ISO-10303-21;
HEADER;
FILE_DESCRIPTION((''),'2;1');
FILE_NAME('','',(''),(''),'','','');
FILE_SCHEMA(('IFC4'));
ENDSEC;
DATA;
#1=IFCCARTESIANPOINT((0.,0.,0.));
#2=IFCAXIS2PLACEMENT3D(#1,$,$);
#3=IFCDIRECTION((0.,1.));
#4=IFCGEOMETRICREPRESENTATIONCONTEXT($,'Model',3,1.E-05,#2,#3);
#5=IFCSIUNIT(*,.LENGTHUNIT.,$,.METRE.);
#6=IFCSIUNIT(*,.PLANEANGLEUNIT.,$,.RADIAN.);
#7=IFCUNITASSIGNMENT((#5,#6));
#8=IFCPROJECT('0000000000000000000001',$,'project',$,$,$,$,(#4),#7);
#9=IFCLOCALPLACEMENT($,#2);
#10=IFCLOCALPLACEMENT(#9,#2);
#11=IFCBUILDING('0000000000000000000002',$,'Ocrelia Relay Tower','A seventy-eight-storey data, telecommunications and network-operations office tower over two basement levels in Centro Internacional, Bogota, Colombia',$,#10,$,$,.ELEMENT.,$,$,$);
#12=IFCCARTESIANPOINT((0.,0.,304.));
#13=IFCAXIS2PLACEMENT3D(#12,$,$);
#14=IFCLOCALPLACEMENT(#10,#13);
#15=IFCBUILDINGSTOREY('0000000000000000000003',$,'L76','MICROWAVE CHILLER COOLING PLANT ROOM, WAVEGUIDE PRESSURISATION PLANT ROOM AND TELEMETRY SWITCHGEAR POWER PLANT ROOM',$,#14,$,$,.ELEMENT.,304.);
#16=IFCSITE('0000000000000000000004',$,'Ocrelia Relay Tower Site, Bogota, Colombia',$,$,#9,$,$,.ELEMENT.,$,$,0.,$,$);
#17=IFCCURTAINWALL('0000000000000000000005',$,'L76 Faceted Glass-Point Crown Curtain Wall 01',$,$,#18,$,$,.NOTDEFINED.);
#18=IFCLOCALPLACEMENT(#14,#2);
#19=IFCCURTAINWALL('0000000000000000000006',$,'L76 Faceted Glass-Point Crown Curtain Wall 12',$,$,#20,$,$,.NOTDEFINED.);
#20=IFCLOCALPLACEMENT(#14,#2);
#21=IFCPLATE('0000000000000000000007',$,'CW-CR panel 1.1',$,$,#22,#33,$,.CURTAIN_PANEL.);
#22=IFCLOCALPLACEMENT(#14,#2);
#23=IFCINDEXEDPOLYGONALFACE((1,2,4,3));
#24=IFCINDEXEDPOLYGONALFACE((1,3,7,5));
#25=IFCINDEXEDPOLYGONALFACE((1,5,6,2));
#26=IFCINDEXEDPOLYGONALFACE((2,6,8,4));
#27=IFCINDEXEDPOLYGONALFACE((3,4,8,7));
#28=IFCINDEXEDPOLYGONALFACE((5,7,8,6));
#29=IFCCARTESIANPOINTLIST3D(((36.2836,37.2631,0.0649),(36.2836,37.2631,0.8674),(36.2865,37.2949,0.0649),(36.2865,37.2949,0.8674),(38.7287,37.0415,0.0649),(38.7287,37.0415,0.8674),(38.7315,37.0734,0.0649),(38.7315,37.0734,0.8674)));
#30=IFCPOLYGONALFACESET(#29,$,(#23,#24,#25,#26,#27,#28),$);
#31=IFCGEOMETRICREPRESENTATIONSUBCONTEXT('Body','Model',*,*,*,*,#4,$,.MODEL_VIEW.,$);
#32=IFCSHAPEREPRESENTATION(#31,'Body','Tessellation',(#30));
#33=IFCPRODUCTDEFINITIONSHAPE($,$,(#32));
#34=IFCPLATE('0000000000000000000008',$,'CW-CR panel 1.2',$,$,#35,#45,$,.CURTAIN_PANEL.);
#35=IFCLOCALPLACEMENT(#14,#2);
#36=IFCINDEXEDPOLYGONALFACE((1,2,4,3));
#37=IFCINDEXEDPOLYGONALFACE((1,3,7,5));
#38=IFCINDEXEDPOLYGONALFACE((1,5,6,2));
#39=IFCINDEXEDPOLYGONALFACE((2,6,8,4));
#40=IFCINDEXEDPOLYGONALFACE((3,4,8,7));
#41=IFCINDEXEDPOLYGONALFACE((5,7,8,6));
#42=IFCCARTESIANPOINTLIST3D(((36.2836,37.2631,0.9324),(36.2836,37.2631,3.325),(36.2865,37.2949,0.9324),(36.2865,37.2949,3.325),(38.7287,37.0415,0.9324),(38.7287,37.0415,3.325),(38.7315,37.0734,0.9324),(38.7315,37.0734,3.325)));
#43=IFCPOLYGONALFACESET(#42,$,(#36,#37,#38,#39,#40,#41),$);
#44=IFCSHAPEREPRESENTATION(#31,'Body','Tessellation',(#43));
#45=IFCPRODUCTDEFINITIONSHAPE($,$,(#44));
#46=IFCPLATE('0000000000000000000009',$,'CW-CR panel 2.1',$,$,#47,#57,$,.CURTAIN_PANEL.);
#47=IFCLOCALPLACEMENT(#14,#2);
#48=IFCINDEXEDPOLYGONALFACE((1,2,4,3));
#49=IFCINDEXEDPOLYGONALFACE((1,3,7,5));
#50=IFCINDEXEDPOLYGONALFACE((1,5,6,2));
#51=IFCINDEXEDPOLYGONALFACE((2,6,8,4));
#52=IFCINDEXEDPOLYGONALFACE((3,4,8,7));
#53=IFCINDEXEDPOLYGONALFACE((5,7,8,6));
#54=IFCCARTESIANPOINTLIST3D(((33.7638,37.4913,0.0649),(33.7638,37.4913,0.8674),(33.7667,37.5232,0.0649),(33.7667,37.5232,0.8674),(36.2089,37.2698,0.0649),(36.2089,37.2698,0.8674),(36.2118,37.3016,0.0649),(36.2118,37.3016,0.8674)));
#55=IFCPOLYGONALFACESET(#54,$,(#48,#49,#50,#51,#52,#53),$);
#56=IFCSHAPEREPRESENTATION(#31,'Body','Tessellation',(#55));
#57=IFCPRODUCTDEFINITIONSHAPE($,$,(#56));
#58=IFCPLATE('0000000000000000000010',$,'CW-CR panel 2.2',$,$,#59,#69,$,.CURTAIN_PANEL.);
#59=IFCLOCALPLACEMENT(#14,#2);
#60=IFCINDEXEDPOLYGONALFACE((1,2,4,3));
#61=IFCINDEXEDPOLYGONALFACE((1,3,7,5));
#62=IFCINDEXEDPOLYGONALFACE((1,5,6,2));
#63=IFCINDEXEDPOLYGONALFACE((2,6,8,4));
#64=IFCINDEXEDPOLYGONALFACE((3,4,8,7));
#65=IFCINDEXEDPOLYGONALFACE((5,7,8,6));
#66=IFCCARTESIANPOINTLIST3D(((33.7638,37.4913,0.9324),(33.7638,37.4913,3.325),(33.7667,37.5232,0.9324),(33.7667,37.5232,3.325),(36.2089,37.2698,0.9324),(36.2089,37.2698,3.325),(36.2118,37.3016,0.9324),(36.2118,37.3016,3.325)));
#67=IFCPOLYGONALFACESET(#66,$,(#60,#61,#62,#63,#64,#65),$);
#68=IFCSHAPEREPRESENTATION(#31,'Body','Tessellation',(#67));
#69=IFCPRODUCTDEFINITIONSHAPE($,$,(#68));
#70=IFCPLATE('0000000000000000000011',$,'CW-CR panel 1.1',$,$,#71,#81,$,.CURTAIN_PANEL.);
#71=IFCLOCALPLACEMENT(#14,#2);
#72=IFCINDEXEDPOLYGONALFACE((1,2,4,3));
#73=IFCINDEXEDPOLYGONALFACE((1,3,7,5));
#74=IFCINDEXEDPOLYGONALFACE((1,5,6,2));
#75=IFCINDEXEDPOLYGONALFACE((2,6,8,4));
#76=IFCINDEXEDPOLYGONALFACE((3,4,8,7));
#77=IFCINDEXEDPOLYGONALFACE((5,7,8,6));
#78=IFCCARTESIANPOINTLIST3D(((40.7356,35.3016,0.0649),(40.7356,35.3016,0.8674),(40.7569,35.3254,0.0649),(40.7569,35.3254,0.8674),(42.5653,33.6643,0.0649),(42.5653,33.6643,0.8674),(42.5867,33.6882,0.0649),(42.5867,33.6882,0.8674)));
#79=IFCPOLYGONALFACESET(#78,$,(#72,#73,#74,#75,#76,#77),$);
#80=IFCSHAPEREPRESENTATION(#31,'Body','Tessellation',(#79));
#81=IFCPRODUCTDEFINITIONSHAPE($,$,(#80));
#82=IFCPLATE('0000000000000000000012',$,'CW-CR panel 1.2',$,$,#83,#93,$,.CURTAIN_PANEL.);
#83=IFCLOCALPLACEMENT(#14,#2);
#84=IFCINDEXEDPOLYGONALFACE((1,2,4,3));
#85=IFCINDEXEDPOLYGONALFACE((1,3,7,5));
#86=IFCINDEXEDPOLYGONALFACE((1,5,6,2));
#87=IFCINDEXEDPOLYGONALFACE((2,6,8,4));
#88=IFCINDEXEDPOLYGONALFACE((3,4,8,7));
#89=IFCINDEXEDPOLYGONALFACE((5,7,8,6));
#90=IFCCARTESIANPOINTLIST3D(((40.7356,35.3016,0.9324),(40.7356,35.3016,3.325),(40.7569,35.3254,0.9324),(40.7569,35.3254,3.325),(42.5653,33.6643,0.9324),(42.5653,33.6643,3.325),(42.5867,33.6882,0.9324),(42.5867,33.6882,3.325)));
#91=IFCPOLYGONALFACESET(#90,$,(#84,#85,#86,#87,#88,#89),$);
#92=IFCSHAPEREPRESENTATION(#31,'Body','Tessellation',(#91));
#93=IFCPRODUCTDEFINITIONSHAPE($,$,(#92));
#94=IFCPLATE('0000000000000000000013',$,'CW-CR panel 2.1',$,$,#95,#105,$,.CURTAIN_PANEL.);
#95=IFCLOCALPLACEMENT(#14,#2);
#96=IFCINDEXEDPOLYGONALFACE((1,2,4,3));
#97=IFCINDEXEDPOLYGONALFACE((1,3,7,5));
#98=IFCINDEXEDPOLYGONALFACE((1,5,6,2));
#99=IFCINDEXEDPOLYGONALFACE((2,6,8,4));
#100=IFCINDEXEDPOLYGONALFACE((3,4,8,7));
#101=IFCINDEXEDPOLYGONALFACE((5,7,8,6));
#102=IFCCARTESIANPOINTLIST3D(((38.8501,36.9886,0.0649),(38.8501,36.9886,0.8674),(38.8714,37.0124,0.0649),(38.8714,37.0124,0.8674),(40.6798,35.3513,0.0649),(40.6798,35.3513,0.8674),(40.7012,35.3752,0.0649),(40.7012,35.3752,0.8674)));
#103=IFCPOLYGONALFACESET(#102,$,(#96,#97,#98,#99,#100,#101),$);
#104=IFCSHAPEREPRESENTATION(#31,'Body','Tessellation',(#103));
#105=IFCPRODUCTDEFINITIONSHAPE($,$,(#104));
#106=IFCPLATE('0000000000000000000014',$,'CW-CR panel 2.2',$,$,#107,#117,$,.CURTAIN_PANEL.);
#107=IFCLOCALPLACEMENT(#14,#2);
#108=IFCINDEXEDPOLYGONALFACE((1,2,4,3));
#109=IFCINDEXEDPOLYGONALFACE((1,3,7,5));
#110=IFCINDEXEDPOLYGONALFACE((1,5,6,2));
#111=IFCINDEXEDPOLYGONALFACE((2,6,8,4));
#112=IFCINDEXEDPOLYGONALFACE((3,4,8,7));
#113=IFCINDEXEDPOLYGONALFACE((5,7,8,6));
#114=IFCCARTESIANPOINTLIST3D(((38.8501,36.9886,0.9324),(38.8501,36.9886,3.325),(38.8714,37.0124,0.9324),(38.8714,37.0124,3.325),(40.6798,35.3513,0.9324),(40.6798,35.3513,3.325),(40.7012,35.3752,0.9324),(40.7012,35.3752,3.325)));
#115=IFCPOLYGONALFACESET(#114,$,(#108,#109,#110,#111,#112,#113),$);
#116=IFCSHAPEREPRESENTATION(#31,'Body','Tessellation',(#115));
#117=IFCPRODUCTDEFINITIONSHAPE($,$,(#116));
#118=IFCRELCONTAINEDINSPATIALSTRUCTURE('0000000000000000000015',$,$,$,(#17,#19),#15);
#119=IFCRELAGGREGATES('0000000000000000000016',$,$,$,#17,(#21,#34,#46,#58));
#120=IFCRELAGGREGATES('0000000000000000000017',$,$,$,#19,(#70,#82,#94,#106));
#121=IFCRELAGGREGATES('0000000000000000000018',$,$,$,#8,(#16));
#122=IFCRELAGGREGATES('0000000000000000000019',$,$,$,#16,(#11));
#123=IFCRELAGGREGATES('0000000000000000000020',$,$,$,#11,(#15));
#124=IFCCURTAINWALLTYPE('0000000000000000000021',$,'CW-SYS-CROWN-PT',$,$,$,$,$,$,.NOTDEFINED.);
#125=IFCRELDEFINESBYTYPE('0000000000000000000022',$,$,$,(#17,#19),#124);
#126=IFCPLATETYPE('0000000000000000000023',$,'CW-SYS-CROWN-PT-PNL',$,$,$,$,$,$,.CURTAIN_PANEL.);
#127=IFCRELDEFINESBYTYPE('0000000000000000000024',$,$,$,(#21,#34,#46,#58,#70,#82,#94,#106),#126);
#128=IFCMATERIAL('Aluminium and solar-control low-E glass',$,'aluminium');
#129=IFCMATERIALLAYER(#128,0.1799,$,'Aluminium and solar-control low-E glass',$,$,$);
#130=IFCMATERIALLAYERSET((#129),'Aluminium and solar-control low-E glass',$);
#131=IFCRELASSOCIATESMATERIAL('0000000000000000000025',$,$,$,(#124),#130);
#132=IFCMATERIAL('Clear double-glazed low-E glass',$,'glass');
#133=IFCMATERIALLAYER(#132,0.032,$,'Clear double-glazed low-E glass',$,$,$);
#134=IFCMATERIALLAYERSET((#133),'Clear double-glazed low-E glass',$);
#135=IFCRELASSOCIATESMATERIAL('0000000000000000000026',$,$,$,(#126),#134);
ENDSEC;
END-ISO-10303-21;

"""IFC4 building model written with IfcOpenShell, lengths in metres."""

from ifc_helpers import new_model, si_unit, direction, frame, origin, origin_2d, place, context, subcontext, project, spatial, rectangle, extrude, material, layer, layer_set, type_object, element, aggregate, save


model = new_model("IFC4")

# Units and contexts
model_context = context("Model", 3, precision=1e-05, world=origin(), true_north=direction((0.0, 1.0)))
body_context = subcontext(model_context, "Body", "Model", "MODEL_VIEW")
ifc_project = project(units=[si_unit("LENGTHUNIT", "METRE"), si_unit("PLANEANGLEUNIT", "RADIAN")], contexts=[model_context])

# Site, building, storey
site_placement = place(None, origin())
site = spatial("IfcSite", under=ifc_project, at=site_placement, Name="Ocrelia Relay Tower Site, Bogota, Colombia", CompositionType="ELEMENT", RefElevation=0.0)
building_placement = place(site_placement, origin())
building = spatial("IfcBuilding", under=site, at=building_placement, Name="Ocrelia Relay Tower", Description="A seventy-eight-storey data, telecommunications and network-operations office tower over two basement levels in Centro Internacional, Bogota, Colombia", CompositionType="ELEMENT")
storey_placement = place(building_placement, frame((0.0, 0.0, 304.0)))
storey = spatial("IfcBuildingStorey", under=building, at=storey_placement, Name="L76", Description="MICROWAVE CHILLER COOLING PLANT ROOM, WAVEGUIDE PRESSURISATION PLANT ROOM AND TELEMETRY SWITCHGEAR POWER PLANT ROOM", CompositionType="ELEMENT", Elevation=304.0)

# Curtain wall
ifc_material_1 = material(Name="Aluminium and solar-control low-E glass", Category="aluminium")
ifc_layer_1 = layer(ifc_material_1, 0.1799, Name="Aluminium and solar-control low-E glass")
ifc_layer_set_1 = layer_set([ifc_layer_1], Name="Aluminium and solar-control low-E glass")
curtain_wall_type = type_object("IfcCurtainWallType", Name="CW-SYS-CROWN-PT", PredefinedType="NOTDEFINED", material=ifc_layer_set_1)
curtain_wall_1_placement = place(storey_placement, origin())
curtain_wall_1 = element("IfcCurtainWall", 1, at=curtain_wall_1_placement, inside=storey, type_object=curtain_wall_type, Name="L76 Faceted Glass-Point Crown Curtain Wall 01", PredefinedType="NOTDEFINED")

# Curtain wall
curtain_wall_2_placement = place(storey_placement, origin())
curtain_wall_2 = element("IfcCurtainWall", 2, at=curtain_wall_2_placement, inside=storey, type_object=curtain_wall_type, Name="L76 Faceted Glass-Point Crown Curtain Wall 12", PredefinedType="NOTDEFINED")

# Plates
ifc_material_2 = material(Name="Clear double-glazed low-E glass", Category="glass")
ifc_layer_2 = layer(ifc_material_2, 0.032, Name="Clear double-glazed low-E glass")
ifc_layer_set_2 = layer_set([ifc_layer_2], Name="Clear double-glazed low-E glass")
plate_type = type_object("IfcPlateType", Name="CW-SYS-CROWN-PT-PNL", PredefinedType="CURTAIN_PANEL", material=ifc_layer_set_2)
plate_1_placement = place(storey_placement, frame((37.5076, 37.1682, 0.0649), z_axis=(0.0, 0.0, 1.0), x_axis=(-0.99592, 0.090237, 0.0)))
plate_1 = element("IfcPlate", 3, at=plate_1_placement, type_object=plate_type, Name="CW-CR panel 1.1", PredefinedType="CURTAIN_PANEL", context=body_context, shape_type="SweptSolid", body=[
    extrude(rectangle(XDim=2.4551, YDim=0.032, at=origin_2d()), origin(), (0.0, 0.0, 1.0), 0.8025),
])
plate_2_placement = place(storey_placement, frame((37.5076, 37.1682, 0.9324), z_axis=(0.0, 0.0, 1.0), x_axis=(-0.99592, 0.090237, 0.0)))
plate_2 = element("IfcPlate", 4, at=plate_2_placement, type_object=plate_type, Name="CW-CR panel 1.2", PredefinedType="CURTAIN_PANEL", context=body_context, shape_type="SweptSolid", body=[
    extrude(rectangle(XDim=2.4551, YDim=0.032, at=origin_2d()), origin(), (0.0, 0.0, 1.0), 2.3926),
])
plate_3_placement = place(storey_placement, frame((34.9878, 37.3965, 0.0649), z_axis=(0.0, 0.0, 1.0), x_axis=(-0.99592, 0.090237, 0.0)))
plate_3 = element("IfcPlate", 5, at=plate_3_placement, type_object=plate_type, Name="CW-CR panel 2.1", PredefinedType="CURTAIN_PANEL", context=body_context, shape_type="SweptSolid", body=[
    extrude(rectangle(XDim=2.4551, YDim=0.032, at=origin_2d()), origin(), (0.0, 0.0, 1.0), 0.8025),
])
plate_4_placement = place(storey_placement, frame((34.9878, 37.3965, 0.9324), z_axis=(0.0, 0.0, 1.0), x_axis=(-0.99592, 0.090237, 0.0)))
plate_4 = element("IfcPlate", 6, at=plate_4_placement, type_object=plate_type, Name="CW-CR panel 2.2", PredefinedType="CURTAIN_PANEL", context=body_context, shape_type="SweptSolid", body=[
    extrude(rectangle(XDim=2.4551, YDim=0.032, at=origin_2d()), origin(), (0.0, 0.0, 1.0), 2.3926),
])
aggregate(curtain_wall_1, [plate_1, plate_2, plate_3, plate_4])
plate_5_placement = place(storey_placement, frame((41.6611, 34.4949, 0.0649), z_axis=(0.0, 0.0, 1.0), x_axis=(-0.745218, 0.666821, 0.0)))
plate_5 = element("IfcPlate", 7, at=plate_5_placement, type_object=plate_type, Name="CW-CR panel 1.1", PredefinedType="CURTAIN_PANEL", context=body_context, shape_type="SweptSolid", body=[
    extrude(rectangle(XDim=2.4553, YDim=0.032, at=origin_2d()), origin(), (0.0, 0.0, 1.0), 0.8025),
])
plate_6_placement = place(storey_placement, frame((41.6611, 34.4949, 0.9324), z_axis=(0.0, 0.0, 1.0), x_axis=(-0.745218, 0.666821, 0.0)))
plate_6 = element("IfcPlate", 8, at=plate_6_placement, type_object=plate_type, Name="CW-CR panel 1.2", PredefinedType="CURTAIN_PANEL", context=body_context, shape_type="SweptSolid", body=[
    extrude(rectangle(XDim=2.4553, YDim=0.032, at=origin_2d()), origin(), (0.0, 0.0, 1.0), 2.3926),
])
plate_7_placement = place(storey_placement, frame((39.7756, 36.1819, 0.0649), z_axis=(0.0, 0.0, 1.0), x_axis=(-0.745218, 0.666821, 0.0)))
plate_7 = element("IfcPlate", 9, at=plate_7_placement, type_object=plate_type, Name="CW-CR panel 2.1", PredefinedType="CURTAIN_PANEL", context=body_context, shape_type="SweptSolid", body=[
    extrude(rectangle(XDim=2.4553, YDim=0.032, at=origin_2d()), origin(), (0.0, 0.0, 1.0), 0.8025),
])
plate_8_placement = place(storey_placement, frame((39.7756, 36.1819, 0.9324), z_axis=(0.0, 0.0, 1.0), x_axis=(-0.745218, 0.666821, 0.0)))
plate_8 = element("IfcPlate", 10, at=plate_8_placement, type_object=plate_type, Name="CW-CR panel 2.2", PredefinedType="CURTAIN_PANEL", context=body_context, shape_type="SweptSolid", body=[
    extrude(rectangle(XDim=2.4553, YDim=0.032, at=origin_2d()), origin(), (0.0, 0.0, 1.0), 2.3926),
])
aggregate(curtain_wall_2, [plate_5, plate_6, plate_7, plate_8])

save(model, "model.ifc")
